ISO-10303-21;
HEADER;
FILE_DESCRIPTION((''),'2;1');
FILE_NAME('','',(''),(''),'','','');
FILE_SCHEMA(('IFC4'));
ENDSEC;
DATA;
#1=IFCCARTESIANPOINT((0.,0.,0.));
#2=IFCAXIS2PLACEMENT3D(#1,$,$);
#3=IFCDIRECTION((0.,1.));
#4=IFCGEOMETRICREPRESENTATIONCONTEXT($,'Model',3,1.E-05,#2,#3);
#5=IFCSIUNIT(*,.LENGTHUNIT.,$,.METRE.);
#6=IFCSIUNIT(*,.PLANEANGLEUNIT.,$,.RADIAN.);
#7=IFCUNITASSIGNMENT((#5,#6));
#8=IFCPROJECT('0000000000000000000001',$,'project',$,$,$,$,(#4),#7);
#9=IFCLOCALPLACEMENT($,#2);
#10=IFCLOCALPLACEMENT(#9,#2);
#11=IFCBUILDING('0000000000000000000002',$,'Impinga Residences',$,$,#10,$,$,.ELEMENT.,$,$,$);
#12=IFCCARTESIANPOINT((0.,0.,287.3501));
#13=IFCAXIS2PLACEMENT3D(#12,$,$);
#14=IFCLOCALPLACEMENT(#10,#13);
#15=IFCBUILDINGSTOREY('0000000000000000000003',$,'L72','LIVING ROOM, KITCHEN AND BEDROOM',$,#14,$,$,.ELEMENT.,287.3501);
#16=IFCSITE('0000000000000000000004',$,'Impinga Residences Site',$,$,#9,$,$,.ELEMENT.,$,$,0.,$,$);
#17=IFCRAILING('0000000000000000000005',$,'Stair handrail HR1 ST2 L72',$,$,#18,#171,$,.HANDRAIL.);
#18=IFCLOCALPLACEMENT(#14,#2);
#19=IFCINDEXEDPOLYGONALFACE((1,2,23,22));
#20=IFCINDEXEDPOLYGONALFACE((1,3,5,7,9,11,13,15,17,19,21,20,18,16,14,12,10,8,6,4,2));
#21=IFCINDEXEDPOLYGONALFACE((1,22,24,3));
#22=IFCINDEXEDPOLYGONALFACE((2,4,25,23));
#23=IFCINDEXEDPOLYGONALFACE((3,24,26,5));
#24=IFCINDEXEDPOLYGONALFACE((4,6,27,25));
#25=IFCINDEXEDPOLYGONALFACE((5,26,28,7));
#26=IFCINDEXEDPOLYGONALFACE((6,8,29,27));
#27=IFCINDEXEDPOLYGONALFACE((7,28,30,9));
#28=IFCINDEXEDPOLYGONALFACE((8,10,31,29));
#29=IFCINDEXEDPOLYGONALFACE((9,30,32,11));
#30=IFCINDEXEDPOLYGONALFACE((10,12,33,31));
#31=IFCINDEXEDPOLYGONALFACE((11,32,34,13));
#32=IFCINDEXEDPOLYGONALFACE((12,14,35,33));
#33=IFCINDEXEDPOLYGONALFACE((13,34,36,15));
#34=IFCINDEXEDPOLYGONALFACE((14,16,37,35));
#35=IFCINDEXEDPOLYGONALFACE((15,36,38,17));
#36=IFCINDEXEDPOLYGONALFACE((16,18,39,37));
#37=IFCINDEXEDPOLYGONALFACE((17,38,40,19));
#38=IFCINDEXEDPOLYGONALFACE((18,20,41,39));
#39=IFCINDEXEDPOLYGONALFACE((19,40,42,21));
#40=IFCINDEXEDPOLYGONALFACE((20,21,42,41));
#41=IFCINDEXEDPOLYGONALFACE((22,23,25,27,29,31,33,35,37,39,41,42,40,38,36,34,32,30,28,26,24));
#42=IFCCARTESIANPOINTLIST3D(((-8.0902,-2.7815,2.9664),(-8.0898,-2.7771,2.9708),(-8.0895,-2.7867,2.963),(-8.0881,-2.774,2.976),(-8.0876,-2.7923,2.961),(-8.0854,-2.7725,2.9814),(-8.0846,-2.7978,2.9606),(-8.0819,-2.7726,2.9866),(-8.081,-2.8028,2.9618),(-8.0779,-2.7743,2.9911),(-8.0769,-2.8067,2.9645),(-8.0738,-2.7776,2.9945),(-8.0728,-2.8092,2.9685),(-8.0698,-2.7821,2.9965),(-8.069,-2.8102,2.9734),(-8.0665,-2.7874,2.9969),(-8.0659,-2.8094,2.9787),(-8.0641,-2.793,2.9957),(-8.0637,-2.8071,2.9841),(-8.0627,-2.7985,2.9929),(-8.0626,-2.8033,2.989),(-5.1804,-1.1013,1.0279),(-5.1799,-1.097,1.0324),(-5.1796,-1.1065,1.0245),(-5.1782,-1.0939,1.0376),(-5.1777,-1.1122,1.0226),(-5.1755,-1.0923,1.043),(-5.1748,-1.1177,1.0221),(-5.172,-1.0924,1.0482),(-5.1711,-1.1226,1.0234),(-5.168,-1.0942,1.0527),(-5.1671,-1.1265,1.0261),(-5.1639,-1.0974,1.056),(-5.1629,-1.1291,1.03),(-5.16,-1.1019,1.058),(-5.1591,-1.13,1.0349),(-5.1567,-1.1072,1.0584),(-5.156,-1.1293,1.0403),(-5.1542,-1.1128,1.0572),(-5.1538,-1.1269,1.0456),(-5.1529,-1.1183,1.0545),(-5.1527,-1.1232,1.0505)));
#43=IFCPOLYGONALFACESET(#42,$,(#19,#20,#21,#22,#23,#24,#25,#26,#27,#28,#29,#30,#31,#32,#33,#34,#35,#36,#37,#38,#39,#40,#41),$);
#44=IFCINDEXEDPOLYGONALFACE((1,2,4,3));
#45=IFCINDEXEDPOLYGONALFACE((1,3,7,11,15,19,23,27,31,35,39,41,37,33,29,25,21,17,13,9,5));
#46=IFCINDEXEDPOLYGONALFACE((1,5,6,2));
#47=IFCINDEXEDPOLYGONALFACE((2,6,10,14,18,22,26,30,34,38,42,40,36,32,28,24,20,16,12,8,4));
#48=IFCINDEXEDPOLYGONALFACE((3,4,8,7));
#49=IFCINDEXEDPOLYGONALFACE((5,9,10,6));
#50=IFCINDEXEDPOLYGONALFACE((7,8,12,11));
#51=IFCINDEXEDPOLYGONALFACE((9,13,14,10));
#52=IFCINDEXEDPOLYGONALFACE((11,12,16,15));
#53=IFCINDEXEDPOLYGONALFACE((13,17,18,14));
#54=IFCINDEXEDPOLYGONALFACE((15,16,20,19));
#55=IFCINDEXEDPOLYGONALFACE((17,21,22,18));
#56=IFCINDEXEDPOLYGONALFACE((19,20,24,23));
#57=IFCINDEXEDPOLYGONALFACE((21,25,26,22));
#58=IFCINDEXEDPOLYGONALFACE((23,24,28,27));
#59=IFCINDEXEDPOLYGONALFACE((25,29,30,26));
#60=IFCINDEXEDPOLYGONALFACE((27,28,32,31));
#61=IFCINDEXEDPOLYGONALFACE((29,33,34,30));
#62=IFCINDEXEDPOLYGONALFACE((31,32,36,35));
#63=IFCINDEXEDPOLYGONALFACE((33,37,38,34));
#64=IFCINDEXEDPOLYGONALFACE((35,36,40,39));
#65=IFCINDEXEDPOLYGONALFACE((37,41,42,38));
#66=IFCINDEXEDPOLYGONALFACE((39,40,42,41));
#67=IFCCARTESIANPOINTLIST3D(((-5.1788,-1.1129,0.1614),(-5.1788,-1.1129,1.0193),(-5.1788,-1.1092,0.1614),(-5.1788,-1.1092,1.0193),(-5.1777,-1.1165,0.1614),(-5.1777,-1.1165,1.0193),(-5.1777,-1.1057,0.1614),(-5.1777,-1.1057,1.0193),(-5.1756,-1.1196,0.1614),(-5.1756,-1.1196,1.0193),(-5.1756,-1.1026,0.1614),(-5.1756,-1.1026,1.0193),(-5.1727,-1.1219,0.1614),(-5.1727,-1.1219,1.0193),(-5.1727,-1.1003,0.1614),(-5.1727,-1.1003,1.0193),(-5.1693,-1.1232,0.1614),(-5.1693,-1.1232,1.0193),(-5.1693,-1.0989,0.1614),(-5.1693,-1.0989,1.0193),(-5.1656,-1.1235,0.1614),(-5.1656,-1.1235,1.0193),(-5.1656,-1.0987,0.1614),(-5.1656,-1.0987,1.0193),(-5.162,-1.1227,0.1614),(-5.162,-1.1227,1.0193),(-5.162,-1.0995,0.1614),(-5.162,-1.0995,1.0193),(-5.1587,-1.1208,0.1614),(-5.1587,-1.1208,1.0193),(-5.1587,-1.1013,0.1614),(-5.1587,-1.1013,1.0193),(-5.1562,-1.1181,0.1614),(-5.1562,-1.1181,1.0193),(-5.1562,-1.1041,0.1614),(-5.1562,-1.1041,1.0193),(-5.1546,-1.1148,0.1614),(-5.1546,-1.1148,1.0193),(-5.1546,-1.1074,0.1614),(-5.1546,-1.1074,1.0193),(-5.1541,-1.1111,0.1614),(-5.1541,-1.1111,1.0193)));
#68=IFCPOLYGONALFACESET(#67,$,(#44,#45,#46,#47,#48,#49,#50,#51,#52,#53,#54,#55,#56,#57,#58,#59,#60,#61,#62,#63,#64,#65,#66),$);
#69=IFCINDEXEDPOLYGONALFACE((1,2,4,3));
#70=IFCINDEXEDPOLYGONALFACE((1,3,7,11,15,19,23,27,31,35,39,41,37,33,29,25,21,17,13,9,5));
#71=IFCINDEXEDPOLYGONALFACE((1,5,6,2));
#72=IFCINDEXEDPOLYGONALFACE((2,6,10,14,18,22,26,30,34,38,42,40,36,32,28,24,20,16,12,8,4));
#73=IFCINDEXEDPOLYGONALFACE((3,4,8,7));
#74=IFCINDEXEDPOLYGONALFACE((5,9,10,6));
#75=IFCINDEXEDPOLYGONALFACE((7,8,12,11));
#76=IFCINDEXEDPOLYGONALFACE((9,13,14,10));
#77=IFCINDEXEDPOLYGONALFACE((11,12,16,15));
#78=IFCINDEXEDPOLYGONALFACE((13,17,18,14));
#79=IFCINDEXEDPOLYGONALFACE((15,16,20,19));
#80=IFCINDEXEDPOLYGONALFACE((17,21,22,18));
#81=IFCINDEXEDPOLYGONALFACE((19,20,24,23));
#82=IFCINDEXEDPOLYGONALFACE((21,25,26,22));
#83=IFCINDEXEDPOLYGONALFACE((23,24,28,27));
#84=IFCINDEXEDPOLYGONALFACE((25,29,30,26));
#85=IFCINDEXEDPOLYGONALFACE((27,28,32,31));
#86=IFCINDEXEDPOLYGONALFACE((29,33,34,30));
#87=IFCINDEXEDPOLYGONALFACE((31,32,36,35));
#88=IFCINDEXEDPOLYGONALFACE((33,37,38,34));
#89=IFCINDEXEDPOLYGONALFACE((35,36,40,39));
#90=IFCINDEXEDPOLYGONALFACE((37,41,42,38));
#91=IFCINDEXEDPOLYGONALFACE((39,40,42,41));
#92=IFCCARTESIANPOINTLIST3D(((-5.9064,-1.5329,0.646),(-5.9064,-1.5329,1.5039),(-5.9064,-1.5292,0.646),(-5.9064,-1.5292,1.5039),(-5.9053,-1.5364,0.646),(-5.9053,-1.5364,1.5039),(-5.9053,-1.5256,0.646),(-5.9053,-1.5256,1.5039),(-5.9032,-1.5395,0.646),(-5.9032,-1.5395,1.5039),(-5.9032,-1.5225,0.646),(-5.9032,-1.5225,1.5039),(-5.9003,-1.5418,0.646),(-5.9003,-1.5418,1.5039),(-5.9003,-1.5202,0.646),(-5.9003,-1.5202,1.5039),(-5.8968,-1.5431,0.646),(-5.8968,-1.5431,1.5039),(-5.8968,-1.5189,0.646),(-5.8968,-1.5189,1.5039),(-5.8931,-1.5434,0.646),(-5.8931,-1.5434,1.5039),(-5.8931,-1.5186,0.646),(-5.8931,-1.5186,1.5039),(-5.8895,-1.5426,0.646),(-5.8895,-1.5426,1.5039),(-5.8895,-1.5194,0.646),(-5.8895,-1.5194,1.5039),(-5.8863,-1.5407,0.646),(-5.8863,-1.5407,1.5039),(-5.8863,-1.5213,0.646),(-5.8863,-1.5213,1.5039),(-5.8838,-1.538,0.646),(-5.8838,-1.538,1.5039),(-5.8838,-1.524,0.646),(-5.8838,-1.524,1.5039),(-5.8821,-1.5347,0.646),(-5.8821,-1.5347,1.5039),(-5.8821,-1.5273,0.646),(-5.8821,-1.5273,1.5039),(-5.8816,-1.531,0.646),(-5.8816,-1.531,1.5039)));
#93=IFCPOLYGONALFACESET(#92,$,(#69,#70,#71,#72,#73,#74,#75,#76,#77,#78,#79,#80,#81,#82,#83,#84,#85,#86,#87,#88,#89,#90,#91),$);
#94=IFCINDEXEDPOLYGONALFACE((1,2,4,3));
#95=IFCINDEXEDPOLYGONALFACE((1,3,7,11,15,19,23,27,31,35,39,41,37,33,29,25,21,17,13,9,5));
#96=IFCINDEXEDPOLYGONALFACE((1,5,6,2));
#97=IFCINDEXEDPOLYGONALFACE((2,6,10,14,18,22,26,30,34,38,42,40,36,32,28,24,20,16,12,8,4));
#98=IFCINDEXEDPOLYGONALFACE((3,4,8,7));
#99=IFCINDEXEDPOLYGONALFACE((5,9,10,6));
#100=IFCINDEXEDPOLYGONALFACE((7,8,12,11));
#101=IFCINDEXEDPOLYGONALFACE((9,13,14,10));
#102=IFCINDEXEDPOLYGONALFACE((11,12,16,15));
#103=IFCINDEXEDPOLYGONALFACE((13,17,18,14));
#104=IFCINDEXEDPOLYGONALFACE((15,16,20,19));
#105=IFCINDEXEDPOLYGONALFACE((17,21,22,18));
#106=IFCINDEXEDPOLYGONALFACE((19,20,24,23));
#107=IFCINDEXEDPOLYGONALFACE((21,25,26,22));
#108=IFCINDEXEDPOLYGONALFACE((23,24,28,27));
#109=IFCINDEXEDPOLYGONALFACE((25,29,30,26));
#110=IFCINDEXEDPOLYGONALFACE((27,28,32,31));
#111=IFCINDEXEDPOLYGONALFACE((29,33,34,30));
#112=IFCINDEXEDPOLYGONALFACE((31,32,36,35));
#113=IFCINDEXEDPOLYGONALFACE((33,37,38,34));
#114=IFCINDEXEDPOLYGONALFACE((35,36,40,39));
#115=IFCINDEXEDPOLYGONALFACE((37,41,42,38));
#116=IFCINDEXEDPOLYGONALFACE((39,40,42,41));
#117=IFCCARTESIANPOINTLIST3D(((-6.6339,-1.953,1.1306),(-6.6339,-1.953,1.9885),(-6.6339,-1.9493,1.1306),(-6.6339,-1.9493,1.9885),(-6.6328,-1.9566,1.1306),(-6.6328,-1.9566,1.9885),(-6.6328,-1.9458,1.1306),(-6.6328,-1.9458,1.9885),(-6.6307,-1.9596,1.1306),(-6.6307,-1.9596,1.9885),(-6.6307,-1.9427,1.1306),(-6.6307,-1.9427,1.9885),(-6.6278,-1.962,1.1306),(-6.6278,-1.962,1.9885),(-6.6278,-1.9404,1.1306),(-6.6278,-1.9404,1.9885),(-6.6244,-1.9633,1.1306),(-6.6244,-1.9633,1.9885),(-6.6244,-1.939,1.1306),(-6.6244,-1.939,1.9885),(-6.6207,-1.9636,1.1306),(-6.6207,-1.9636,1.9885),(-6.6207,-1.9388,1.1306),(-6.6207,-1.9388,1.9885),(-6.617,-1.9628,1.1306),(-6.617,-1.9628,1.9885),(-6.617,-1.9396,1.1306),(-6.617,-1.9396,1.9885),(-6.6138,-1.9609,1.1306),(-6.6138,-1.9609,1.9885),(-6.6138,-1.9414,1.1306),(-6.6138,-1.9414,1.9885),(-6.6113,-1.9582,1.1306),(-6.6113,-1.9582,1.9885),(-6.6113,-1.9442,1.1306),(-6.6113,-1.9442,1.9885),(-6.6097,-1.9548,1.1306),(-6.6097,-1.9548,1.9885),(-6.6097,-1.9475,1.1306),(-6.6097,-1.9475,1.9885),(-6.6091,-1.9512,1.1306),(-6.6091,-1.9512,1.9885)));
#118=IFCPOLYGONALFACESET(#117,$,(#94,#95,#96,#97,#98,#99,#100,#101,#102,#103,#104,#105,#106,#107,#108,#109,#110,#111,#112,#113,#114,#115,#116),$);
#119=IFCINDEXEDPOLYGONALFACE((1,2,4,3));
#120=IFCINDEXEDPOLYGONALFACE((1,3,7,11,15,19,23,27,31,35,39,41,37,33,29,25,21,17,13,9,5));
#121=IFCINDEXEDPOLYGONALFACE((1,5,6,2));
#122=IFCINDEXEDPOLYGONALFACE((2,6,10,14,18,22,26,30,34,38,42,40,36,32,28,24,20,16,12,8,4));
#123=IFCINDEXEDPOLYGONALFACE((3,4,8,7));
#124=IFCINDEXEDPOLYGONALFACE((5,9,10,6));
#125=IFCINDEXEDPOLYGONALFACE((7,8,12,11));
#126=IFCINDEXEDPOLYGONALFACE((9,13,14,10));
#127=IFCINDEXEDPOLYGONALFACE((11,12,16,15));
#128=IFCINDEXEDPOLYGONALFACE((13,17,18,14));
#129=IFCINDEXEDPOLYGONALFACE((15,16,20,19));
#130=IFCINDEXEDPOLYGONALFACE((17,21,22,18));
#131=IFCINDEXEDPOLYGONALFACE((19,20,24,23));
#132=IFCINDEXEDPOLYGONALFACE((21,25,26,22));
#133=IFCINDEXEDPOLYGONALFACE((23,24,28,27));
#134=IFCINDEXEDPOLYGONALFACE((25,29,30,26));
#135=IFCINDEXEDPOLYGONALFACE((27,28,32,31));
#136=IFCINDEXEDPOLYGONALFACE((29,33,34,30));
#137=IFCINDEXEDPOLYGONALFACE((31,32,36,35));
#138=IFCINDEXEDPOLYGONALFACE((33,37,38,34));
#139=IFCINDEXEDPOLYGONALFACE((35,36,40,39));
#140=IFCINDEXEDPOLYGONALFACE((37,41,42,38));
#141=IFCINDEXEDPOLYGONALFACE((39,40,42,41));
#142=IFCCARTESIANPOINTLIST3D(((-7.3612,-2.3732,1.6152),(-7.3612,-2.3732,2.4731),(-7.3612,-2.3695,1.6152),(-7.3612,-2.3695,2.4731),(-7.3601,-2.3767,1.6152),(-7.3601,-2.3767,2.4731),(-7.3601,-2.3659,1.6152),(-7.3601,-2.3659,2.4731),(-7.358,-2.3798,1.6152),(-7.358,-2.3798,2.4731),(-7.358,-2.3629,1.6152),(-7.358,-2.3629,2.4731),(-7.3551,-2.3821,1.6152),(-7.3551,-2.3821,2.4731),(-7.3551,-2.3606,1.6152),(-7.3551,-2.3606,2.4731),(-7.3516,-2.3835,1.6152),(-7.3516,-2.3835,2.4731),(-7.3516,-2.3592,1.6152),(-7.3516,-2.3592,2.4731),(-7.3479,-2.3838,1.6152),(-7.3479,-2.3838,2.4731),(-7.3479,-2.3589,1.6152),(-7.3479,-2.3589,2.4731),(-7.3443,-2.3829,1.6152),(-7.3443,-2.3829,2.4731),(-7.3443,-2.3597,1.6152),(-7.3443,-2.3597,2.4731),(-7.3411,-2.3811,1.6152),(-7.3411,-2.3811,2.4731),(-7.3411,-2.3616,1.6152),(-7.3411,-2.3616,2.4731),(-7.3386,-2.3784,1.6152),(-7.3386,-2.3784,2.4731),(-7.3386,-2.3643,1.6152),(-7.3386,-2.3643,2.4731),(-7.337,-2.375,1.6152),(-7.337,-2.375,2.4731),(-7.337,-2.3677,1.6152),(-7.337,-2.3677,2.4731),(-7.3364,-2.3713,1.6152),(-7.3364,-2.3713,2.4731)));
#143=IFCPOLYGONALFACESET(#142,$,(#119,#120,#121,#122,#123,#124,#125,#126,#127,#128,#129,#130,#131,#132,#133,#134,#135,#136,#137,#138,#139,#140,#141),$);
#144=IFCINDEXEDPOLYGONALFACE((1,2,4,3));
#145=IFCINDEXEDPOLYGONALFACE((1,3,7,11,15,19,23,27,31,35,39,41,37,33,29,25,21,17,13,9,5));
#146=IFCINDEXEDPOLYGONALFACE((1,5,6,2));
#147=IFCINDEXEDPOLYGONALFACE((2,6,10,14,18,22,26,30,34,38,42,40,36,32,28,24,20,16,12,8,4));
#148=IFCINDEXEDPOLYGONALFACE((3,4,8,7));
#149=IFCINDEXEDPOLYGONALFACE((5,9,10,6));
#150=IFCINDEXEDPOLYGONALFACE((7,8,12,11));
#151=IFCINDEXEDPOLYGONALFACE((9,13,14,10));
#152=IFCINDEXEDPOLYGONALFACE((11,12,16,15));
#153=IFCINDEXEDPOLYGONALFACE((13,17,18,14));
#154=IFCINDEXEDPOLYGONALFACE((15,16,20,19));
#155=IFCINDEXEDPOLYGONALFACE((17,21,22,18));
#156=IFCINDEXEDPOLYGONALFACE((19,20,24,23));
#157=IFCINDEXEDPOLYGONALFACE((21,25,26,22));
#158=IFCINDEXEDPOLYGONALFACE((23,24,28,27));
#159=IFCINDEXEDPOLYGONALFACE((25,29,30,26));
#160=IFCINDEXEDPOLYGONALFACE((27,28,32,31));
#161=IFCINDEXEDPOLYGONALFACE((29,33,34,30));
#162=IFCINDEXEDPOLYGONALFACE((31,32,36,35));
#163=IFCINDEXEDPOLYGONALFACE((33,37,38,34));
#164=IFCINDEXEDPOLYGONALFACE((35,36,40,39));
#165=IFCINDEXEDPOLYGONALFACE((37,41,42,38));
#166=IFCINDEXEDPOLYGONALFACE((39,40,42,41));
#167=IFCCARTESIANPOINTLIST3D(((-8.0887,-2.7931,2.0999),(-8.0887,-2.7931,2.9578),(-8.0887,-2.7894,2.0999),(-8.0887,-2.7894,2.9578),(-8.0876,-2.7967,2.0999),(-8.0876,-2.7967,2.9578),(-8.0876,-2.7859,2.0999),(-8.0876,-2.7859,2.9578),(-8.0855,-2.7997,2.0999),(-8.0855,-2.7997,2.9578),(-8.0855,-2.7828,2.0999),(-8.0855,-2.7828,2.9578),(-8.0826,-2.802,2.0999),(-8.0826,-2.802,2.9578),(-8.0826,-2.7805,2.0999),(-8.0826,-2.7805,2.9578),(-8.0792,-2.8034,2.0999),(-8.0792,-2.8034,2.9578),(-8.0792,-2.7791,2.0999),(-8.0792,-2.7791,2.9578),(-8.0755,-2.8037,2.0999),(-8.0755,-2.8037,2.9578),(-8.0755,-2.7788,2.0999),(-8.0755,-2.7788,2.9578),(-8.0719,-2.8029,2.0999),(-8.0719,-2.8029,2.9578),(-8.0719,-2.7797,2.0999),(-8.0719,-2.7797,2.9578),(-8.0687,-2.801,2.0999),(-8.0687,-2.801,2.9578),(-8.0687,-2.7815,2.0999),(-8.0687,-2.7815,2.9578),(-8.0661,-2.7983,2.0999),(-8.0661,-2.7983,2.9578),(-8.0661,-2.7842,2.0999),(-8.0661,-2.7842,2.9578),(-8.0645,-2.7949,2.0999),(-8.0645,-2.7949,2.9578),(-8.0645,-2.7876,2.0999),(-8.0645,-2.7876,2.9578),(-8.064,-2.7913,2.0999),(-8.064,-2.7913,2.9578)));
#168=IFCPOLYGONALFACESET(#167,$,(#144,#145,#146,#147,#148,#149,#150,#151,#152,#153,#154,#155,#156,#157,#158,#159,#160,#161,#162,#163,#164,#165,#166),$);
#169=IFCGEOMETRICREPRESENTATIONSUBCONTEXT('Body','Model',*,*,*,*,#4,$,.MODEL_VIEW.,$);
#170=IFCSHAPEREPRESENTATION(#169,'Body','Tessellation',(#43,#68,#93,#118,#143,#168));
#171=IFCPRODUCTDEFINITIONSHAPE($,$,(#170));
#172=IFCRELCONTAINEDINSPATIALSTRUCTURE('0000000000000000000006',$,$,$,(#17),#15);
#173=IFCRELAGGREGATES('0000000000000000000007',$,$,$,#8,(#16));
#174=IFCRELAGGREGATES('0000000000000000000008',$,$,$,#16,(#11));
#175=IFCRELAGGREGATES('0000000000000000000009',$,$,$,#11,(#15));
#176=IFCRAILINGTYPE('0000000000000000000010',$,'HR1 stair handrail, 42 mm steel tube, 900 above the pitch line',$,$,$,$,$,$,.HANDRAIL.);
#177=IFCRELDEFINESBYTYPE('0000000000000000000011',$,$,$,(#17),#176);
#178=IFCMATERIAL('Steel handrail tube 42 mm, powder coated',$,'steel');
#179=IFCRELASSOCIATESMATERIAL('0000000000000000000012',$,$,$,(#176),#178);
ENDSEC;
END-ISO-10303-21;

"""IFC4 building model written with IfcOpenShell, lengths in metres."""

from ifc_helpers import new_model, si_unit, direction, frame, origin, origin_2d, place, context, subcontext, project, spatial, circle, extrude, material, type_object, element, save


model = new_model("IFC4")

# Units and contexts
model_context = context("Model", 3, precision=1e-05, world=origin(), true_north=direction((0.0, 1.0)))
body_context = subcontext(model_context, "Body", "Model", "MODEL_VIEW")
ifc_project = project(units=[si_unit("LENGTHUNIT", "METRE"), si_unit("PLANEANGLEUNIT", "RADIAN")], contexts=[model_context])

# Site, building, storey
site_placement = place(None, origin())
site = spatial("IfcSite", under=ifc_project, at=site_placement, Name="Impinga Residences Site", CompositionType="ELEMENT", RefElevation=0.0)
building_placement = place(site_placement, origin())
building = spatial("IfcBuilding", under=site, at=building_placement, Name="Impinga Residences", CompositionType="ELEMENT")
storey_placement = place(building_placement, frame((0.0, 0.0, 287.3501)))
storey = spatial("IfcBuildingStorey", under=building, at=storey_placement, Name="L72", Description="LIVING ROOM, KITCHEN AND BEDROOM", CompositionType="ELEMENT", Elevation=287.3501)

# Railing
ifc_material_1 = material(Name="Steel handrail tube 42 mm, powder coated", Category="steel")
railing_type = type_object("IfcRailingType", Name="HR1 stair handrail, 42 mm steel tube, 900 above the pitch line", PredefinedType="HANDRAIL", material=ifc_material_1)
railing_placement = place(storey_placement, frame((-5.1665, -1.1111, 0.1614)))
element("IfcRailing", 1, at=railing_placement, inside=storey, type_object=railing_type, Name="Stair handrail HR1 ST2 L72", PredefinedType="HANDRAIL", context=body_context, shape_type="SweptSolid", body=[
    extrude(circle(Radius=0.021, at=origin_2d()), frame((0.0, 0.0, 0.8789), z_axis=(-0.75013, -0.433123, 0.499709), x_axis=(0.500031, -0.866008, 0.0)), (0.0, 0.0, 1.0), 3.8792),
    extrude(circle(Radius=0.0125, at=origin_2d()), origin(), (0.0, 0.0, 1.0), 0.8579),
    extrude(circle(Radius=0.0125, at=origin_2d()), frame((-0.7275, -0.4199, 0.4846)), (0.0, 0.0, 1.0), 0.8579),
    extrude(circle(Radius=0.0125, at=origin_2d()), frame((-1.4551, -0.8401, 0.9692)), (0.0, 0.0, 1.0), 0.8579),
    extrude(circle(Radius=0.0125, at=origin_2d()), frame((-2.1824, -1.2603, 1.4539)), (0.0, 0.0, 1.0), 0.8579),
    extrude(circle(Radius=0.0125, at=origin_2d()), frame((-2.9099, -1.6802, 1.9385)), (0.0, 0.0, 1.0), 0.8579),
])

save(model, "model.ifc")
